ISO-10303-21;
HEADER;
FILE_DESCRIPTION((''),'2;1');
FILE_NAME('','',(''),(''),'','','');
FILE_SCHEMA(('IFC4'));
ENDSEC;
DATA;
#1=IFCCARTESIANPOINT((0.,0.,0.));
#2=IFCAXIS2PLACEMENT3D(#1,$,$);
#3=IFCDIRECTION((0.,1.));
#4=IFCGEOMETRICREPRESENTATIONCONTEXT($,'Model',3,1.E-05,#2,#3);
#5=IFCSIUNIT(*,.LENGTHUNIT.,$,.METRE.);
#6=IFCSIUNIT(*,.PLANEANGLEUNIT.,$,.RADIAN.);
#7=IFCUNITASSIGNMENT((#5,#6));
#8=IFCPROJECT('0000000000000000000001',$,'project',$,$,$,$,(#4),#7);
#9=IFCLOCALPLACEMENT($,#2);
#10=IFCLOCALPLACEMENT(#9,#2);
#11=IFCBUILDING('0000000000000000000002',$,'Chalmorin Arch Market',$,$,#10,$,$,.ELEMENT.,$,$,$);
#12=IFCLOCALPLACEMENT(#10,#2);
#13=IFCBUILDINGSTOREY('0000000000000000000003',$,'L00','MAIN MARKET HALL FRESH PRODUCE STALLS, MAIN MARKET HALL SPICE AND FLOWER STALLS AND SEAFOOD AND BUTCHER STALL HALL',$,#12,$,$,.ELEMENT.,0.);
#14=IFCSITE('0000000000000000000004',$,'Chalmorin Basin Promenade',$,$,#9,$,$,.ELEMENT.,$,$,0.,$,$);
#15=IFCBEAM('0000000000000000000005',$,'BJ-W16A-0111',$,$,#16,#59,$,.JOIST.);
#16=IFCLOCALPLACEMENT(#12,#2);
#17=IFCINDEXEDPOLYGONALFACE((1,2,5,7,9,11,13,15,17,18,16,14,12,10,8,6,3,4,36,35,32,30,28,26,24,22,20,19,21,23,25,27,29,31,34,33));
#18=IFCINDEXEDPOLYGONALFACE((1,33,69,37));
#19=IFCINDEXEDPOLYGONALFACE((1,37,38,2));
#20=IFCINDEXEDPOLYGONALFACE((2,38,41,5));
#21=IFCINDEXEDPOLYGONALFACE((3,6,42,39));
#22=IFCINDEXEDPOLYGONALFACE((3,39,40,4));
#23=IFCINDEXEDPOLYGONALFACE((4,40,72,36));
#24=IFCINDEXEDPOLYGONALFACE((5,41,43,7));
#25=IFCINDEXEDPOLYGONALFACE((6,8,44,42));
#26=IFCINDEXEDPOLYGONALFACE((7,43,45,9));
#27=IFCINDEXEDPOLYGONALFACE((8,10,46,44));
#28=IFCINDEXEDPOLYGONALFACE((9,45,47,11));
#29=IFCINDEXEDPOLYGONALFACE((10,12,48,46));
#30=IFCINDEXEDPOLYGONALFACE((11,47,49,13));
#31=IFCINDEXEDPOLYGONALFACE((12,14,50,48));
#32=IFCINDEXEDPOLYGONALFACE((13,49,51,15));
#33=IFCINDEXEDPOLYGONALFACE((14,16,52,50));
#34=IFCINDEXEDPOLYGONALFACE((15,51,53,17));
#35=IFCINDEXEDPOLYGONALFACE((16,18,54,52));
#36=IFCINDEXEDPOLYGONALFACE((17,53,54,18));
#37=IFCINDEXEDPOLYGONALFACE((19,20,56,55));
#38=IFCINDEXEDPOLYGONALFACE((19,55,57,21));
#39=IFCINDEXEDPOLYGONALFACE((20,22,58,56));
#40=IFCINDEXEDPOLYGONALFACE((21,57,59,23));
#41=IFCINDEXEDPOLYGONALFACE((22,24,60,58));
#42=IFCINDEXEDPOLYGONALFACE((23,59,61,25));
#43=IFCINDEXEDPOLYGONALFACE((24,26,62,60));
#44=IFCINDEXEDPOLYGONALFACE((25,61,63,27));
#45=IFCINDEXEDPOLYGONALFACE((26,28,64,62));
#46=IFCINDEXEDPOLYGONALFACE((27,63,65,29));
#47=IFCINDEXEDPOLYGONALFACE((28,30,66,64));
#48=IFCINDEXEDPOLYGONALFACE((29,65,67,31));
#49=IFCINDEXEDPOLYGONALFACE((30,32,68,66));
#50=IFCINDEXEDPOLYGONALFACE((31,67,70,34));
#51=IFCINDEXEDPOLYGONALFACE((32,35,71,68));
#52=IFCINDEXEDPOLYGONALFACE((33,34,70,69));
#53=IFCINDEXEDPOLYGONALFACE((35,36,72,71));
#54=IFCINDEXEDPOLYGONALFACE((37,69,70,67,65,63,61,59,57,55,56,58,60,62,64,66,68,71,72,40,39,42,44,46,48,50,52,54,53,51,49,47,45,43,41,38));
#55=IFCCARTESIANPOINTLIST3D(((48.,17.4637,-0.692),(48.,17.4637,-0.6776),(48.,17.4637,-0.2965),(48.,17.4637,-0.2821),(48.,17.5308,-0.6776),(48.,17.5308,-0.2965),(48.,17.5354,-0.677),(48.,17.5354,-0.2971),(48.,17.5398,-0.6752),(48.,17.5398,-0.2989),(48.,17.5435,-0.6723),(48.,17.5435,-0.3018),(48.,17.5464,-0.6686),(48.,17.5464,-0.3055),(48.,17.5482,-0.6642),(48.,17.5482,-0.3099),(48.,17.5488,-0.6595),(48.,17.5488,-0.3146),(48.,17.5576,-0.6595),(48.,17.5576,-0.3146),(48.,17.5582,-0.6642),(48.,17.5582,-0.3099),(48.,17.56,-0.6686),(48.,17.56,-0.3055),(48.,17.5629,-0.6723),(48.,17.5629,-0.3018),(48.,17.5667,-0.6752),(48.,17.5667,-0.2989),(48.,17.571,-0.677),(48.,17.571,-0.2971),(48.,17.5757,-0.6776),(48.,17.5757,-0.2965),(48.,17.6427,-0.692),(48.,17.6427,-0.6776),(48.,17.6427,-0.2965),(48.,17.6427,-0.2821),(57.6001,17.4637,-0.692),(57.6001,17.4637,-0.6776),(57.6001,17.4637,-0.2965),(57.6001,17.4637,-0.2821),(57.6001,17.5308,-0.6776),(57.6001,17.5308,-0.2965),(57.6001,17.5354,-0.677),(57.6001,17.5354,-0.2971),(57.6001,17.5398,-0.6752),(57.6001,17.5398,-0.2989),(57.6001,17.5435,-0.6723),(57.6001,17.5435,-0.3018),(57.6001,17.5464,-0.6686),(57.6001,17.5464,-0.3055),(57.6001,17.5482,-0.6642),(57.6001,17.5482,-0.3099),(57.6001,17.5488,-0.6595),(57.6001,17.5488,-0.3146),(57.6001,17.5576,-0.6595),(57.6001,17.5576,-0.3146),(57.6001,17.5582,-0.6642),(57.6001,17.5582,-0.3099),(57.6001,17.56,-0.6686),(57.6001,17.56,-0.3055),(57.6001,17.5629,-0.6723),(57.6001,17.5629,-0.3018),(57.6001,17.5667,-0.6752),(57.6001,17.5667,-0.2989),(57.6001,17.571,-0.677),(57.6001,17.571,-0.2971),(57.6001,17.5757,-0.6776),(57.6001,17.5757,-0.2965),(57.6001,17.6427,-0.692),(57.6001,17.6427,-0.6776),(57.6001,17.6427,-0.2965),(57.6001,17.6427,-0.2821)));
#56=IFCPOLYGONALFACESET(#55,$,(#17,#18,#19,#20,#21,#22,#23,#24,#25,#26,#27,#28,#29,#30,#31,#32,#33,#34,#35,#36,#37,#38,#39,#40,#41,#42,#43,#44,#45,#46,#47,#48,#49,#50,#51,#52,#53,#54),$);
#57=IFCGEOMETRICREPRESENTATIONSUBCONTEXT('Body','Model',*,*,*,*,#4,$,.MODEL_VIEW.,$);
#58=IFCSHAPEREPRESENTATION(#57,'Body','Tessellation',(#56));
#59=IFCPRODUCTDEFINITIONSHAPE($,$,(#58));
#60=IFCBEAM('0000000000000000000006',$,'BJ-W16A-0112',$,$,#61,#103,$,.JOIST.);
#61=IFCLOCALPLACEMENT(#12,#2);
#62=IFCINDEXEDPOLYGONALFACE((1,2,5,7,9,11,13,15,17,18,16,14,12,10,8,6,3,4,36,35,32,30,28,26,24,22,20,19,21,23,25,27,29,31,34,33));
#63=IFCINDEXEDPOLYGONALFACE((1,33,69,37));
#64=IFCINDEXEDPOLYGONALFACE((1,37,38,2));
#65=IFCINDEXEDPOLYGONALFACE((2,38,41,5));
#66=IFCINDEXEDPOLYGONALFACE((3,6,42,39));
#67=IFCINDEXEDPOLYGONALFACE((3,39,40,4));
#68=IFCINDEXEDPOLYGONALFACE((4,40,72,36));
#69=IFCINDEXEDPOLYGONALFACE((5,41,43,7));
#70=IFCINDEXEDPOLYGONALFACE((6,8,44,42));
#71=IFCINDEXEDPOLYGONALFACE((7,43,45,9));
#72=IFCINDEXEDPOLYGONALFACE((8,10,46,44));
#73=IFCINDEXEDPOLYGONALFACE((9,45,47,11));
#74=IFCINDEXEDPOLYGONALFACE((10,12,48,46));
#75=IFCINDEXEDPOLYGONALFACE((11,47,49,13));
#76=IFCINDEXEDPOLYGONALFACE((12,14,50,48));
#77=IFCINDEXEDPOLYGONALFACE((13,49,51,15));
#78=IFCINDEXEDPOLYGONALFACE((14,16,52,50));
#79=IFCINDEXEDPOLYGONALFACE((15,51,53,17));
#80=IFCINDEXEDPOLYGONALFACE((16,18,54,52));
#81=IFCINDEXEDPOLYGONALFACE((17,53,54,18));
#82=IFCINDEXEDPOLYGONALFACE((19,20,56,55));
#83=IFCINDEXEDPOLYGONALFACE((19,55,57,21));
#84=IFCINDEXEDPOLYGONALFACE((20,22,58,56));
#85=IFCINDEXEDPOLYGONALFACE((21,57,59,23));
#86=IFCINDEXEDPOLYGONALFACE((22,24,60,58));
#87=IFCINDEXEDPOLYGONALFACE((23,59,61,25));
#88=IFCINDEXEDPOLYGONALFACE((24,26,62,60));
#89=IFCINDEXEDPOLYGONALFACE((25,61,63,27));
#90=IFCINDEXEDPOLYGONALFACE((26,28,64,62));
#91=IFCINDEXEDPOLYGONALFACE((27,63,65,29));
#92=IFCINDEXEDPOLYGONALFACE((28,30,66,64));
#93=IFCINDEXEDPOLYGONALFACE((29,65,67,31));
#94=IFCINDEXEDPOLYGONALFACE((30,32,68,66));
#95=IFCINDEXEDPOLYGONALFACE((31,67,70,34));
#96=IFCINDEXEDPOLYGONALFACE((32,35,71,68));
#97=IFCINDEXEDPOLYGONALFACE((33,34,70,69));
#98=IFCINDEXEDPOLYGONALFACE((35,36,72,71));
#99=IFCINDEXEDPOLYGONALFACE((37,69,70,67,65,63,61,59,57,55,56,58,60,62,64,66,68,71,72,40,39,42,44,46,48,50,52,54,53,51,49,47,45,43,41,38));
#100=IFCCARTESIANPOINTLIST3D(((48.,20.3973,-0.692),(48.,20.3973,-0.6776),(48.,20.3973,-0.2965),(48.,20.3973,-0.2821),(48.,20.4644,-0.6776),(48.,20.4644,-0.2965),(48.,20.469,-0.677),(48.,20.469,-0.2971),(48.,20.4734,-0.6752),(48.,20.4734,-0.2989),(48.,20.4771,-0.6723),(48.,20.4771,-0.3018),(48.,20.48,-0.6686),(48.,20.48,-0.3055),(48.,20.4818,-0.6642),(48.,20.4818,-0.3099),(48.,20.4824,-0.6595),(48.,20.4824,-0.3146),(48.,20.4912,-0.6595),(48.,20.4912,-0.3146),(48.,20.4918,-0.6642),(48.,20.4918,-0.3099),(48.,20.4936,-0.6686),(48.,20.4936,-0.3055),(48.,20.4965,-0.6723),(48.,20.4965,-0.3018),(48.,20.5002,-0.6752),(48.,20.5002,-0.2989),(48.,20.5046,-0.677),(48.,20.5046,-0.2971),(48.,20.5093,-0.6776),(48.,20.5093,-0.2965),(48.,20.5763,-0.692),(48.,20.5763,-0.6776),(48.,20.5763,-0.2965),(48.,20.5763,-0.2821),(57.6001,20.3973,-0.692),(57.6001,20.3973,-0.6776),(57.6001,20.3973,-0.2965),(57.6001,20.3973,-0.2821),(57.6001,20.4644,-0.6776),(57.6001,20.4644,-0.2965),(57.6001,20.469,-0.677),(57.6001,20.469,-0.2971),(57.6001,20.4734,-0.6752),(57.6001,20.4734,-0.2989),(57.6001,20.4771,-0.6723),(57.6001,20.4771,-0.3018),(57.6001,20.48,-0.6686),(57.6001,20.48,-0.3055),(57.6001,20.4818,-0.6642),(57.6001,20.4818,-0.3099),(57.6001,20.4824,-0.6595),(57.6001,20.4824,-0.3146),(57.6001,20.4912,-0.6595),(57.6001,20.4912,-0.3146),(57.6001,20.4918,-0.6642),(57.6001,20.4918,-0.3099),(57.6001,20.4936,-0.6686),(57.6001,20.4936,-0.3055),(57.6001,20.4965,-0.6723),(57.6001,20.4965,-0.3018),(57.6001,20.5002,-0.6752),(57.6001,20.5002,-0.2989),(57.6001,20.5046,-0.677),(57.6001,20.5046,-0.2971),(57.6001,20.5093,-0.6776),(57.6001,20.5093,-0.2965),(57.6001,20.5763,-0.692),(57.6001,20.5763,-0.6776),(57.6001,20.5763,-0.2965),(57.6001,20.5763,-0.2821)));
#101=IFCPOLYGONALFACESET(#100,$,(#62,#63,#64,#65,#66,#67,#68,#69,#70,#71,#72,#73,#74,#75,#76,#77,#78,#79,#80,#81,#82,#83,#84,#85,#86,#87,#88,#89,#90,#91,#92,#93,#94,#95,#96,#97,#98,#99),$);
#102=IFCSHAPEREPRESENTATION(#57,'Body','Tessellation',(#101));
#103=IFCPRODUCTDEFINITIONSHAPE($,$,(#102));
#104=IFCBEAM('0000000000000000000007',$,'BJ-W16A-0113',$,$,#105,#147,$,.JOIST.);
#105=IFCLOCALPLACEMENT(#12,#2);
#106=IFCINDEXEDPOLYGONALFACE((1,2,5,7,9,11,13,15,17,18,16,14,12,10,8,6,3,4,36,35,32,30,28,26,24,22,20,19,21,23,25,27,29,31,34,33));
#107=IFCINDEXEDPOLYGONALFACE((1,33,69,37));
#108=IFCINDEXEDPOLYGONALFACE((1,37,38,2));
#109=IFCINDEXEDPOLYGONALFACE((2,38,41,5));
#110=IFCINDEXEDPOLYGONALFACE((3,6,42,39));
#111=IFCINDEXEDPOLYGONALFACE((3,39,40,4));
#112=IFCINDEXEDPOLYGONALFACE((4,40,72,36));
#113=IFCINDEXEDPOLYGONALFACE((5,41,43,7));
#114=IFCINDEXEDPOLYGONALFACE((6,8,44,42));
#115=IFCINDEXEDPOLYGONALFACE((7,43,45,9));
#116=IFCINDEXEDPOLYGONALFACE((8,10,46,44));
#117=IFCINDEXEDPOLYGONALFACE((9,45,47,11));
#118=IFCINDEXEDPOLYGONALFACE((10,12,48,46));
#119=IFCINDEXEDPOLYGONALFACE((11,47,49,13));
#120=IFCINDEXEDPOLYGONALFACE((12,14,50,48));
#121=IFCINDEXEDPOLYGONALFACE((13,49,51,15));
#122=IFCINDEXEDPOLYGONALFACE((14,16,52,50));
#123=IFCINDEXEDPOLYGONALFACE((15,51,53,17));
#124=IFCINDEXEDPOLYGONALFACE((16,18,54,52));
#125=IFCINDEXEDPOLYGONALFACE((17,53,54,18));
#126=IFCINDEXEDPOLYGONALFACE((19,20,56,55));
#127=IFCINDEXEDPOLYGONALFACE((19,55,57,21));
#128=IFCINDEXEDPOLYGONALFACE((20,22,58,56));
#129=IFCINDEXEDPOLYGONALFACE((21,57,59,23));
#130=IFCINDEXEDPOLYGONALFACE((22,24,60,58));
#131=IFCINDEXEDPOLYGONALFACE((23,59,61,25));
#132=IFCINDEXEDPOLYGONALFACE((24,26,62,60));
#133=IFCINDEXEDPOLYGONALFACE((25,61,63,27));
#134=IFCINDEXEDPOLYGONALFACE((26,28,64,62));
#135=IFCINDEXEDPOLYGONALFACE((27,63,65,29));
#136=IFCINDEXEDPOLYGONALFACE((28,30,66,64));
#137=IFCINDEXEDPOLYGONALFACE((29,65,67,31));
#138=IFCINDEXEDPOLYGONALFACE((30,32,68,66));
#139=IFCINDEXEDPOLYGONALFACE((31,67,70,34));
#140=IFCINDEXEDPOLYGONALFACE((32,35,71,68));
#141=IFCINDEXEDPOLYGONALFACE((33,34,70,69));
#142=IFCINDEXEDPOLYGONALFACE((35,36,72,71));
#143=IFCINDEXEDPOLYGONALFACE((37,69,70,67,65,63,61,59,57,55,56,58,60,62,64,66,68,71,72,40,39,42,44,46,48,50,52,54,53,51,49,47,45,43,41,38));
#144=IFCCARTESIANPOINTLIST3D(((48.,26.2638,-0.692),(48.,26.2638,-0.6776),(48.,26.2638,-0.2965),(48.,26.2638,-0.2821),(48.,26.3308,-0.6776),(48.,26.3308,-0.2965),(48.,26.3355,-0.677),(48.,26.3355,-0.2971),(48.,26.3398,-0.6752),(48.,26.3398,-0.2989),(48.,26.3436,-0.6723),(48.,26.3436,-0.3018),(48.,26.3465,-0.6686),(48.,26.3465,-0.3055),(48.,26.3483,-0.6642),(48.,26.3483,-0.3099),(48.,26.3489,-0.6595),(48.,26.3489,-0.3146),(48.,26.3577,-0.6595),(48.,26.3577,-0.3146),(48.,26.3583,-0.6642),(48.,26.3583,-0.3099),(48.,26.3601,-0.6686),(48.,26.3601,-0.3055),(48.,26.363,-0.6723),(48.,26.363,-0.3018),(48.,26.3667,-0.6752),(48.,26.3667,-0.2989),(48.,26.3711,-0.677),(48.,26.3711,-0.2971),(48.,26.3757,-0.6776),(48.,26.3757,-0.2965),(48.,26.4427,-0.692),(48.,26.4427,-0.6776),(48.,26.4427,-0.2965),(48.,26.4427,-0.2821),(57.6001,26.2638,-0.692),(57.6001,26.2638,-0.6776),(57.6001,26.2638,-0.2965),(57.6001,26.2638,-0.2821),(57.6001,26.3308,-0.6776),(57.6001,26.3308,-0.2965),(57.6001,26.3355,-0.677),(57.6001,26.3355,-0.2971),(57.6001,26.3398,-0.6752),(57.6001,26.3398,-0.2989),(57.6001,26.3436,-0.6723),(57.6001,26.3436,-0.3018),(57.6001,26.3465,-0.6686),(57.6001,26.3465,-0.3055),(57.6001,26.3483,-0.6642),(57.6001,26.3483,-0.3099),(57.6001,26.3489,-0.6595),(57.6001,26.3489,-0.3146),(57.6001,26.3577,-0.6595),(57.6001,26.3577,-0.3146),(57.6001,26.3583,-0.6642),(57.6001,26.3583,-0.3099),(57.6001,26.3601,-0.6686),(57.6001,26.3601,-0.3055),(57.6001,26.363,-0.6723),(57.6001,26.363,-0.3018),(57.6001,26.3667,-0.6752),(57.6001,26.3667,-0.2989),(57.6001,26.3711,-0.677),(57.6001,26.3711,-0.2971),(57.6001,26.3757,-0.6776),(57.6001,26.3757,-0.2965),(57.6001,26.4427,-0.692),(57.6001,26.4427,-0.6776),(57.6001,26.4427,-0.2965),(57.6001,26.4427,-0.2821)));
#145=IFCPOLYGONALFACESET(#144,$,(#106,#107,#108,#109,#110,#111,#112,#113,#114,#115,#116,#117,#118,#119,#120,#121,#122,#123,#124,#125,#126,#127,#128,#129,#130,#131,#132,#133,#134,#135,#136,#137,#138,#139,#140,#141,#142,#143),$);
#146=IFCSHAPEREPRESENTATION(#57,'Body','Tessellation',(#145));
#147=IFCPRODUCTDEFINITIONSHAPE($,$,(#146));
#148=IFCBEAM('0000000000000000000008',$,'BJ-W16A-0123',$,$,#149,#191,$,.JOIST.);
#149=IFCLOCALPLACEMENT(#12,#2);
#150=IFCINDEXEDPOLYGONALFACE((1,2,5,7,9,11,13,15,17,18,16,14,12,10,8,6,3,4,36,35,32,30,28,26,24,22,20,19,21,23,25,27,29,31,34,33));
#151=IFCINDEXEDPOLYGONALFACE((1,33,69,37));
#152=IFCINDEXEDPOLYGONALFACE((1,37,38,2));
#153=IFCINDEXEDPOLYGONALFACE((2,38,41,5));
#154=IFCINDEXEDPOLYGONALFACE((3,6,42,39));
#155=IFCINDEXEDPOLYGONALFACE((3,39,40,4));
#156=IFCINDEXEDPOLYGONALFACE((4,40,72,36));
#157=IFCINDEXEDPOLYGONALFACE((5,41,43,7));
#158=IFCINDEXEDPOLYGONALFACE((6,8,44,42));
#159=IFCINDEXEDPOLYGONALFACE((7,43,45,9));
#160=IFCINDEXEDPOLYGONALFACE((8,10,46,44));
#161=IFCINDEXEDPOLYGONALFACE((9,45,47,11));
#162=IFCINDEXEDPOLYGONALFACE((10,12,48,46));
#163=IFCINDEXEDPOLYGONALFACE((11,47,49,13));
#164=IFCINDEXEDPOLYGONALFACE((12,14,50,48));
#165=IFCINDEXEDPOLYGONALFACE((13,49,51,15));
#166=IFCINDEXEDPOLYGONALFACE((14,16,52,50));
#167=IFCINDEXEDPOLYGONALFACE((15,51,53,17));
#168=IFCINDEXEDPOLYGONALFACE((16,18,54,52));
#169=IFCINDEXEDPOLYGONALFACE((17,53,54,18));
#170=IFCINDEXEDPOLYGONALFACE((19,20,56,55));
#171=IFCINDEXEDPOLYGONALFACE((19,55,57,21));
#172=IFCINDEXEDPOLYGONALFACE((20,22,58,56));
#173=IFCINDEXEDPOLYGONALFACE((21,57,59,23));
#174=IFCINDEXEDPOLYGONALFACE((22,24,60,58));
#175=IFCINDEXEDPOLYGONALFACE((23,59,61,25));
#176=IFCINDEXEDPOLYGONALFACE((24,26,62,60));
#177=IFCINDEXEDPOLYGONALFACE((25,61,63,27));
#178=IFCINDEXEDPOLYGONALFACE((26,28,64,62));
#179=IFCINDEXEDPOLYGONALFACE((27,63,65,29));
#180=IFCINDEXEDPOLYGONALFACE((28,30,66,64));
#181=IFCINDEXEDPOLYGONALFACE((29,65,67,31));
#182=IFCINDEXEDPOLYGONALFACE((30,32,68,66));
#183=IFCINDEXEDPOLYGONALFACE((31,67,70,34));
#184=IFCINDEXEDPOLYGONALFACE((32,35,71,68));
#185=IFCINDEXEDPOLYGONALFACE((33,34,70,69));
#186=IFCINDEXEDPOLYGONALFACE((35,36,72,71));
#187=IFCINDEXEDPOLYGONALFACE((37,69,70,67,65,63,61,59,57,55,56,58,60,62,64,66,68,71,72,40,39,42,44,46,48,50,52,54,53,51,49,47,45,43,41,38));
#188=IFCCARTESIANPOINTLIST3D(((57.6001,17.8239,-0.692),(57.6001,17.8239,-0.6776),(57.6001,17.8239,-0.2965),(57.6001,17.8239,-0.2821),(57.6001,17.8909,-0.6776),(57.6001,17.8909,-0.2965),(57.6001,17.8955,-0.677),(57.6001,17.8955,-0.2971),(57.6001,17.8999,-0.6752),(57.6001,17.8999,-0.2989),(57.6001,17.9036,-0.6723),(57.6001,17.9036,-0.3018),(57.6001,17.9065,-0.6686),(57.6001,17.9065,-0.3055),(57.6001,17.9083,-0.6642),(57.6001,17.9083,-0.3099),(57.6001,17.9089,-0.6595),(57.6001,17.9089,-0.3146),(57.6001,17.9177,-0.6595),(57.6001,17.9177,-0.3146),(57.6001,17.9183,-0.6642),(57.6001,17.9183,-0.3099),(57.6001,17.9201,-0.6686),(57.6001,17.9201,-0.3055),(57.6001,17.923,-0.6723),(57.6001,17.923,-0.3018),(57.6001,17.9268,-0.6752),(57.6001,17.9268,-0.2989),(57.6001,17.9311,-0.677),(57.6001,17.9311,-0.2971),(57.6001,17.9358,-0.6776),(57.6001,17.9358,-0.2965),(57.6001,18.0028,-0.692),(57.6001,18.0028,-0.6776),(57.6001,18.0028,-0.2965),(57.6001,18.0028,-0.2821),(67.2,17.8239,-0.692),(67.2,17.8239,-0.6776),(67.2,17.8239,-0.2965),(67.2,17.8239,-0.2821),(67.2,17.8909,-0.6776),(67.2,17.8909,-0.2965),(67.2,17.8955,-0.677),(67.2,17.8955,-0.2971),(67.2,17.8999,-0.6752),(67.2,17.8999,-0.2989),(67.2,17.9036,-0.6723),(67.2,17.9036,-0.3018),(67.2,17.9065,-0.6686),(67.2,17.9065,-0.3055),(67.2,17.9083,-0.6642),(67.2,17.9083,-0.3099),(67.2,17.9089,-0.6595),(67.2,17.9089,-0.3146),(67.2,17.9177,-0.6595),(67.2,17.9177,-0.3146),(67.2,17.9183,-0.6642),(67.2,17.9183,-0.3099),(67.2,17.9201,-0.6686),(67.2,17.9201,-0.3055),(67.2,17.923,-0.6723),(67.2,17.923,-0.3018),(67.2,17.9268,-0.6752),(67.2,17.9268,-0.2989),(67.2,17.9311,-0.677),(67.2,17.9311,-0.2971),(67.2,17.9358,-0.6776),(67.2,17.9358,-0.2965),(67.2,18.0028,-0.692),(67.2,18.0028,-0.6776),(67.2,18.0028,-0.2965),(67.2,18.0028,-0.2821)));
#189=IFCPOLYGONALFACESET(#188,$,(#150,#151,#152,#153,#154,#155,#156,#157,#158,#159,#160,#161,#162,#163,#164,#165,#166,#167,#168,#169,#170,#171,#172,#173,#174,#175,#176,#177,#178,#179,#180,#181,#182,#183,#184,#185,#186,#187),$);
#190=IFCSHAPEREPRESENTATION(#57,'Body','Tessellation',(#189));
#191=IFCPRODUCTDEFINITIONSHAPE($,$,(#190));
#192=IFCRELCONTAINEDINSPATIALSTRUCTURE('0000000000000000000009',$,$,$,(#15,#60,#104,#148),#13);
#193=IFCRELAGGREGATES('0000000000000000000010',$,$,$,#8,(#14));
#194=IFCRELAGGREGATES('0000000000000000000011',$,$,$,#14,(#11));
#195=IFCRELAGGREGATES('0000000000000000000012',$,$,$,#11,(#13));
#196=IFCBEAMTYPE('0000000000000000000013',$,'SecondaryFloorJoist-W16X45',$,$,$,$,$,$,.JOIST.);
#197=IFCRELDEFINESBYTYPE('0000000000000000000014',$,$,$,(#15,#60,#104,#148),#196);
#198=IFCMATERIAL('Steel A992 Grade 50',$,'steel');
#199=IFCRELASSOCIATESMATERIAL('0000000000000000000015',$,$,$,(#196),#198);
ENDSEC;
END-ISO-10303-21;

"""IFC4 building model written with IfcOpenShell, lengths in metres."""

from ifc_helpers import new_model, si_unit, direction, frame, origin, origin_2d, place, context, subcontext, project, spatial, i_section, extrude, material, material_profile, profile_set, type_object, element, save


model = new_model("IFC4")

# Units and contexts
model_context = context("Model", 3, precision=1e-05, world=origin(), true_north=direction((0.0, 1.0)))
body_context = subcontext(model_context, "Body", "Model", "MODEL_VIEW")
ifc_project = project(units=[si_unit("LENGTHUNIT", "METRE"), si_unit("PLANEANGLEUNIT", "RADIAN")], contexts=[model_context])

# Site, building, storey
site_placement = place(None, origin())
site = spatial("IfcSite", under=ifc_project, at=site_placement, Name="Chalmorin Basin Promenade", CompositionType="ELEMENT", RefElevation=0.0)
building_placement = place(site_placement, origin())
building = spatial("IfcBuilding", under=site, at=building_placement, Name="Chalmorin Arch Market", CompositionType="ELEMENT")
storey_placement = place(building_placement, origin())
storey = spatial("IfcBuildingStorey", under=building, at=storey_placement, Name="L00", Description="MAIN MARKET HALL FRESH PRODUCE STALLS, MAIN MARKET HALL SPICE AND FLOWER STALLS AND SEAFOOD AND BUTCHER STALL HALL", CompositionType="ELEMENT", Elevation=0.0)

# Shared definitions
ifc_material_1 = material(Name="Steel A992 Grade 50", Category="steel")

# Beams
ifc_material_profile_1 = material_profile(ifc_material_1, i_section(OverallWidth=0.179, OverallDepth=0.4099, WebThickness=0.0088, FlangeThickness=0.0144, FilletRadius=0.0181, at=origin_2d()), Name="W16X45")
ifc_profile_set_1 = profile_set([ifc_material_profile_1], Name="Steel A992 Grade 50")
beam_type_1 = type_object("IfcBeamType", Name="SecondaryFloorJoist-W16X45", PredefinedType="JOIST", material=ifc_profile_set_1)
for number, where, z_axis, x_axis, name in (
    (1, (48.0, 17.5532, -0.4871), (1.0, 0.0, 0.0), (0.0, 1.0, 0.0), "BJ-W16A-0111"),
    (2, (48.0, 20.4868, -0.4871), (1.0, 0.0, 0.0), (0.0, 1.0, 0.0), "BJ-W16A-0112"),
    (3, (48.0, 26.3533, -0.4871), (1.0, 0.0, 0.0), (0.0, 1.0, 0.0), "BJ-W16A-0113"),
):
    element("IfcBeam", number, at=place(storey_placement, frame(where, z_axis=z_axis, x_axis=x_axis)), inside=storey, type_object=beam_type_1, Name=name, PredefinedType="JOIST", context=body_context, shape_type="SweptSolid", body=[
        extrude(i_section(OverallWidth=0.179, OverallDepth=0.4099, WebThickness=0.0088, FlangeThickness=0.0144, FilletRadius=0.0181, at=origin_2d()), origin(), (0.0, 0.0, 1.0), 9.6001),
    ])
for number, where, z_axis, x_axis, name in (
    (4, (57.6001, 17.9133, -0.4871), (1.0, 0.0, 0.0), (0.0, 1.0, 0.0), "BJ-W16A-0123"),
):
    element("IfcBeam", number, at=place(storey_placement, frame(where, z_axis=z_axis, x_axis=x_axis)), inside=storey, type_object=beam_type_1, Name=name, PredefinedType="JOIST", context=body_context, shape_type="SweptSolid", body=[
        extrude(i_section(OverallWidth=0.179, OverallDepth=0.4099, WebThickness=0.0088, FlangeThickness=0.0144, FilletRadius=0.0181, at=origin_2d()), origin(), (0.0, 0.0, 1.0), 9.5999),
    ])

save(model, "model.ifc")
